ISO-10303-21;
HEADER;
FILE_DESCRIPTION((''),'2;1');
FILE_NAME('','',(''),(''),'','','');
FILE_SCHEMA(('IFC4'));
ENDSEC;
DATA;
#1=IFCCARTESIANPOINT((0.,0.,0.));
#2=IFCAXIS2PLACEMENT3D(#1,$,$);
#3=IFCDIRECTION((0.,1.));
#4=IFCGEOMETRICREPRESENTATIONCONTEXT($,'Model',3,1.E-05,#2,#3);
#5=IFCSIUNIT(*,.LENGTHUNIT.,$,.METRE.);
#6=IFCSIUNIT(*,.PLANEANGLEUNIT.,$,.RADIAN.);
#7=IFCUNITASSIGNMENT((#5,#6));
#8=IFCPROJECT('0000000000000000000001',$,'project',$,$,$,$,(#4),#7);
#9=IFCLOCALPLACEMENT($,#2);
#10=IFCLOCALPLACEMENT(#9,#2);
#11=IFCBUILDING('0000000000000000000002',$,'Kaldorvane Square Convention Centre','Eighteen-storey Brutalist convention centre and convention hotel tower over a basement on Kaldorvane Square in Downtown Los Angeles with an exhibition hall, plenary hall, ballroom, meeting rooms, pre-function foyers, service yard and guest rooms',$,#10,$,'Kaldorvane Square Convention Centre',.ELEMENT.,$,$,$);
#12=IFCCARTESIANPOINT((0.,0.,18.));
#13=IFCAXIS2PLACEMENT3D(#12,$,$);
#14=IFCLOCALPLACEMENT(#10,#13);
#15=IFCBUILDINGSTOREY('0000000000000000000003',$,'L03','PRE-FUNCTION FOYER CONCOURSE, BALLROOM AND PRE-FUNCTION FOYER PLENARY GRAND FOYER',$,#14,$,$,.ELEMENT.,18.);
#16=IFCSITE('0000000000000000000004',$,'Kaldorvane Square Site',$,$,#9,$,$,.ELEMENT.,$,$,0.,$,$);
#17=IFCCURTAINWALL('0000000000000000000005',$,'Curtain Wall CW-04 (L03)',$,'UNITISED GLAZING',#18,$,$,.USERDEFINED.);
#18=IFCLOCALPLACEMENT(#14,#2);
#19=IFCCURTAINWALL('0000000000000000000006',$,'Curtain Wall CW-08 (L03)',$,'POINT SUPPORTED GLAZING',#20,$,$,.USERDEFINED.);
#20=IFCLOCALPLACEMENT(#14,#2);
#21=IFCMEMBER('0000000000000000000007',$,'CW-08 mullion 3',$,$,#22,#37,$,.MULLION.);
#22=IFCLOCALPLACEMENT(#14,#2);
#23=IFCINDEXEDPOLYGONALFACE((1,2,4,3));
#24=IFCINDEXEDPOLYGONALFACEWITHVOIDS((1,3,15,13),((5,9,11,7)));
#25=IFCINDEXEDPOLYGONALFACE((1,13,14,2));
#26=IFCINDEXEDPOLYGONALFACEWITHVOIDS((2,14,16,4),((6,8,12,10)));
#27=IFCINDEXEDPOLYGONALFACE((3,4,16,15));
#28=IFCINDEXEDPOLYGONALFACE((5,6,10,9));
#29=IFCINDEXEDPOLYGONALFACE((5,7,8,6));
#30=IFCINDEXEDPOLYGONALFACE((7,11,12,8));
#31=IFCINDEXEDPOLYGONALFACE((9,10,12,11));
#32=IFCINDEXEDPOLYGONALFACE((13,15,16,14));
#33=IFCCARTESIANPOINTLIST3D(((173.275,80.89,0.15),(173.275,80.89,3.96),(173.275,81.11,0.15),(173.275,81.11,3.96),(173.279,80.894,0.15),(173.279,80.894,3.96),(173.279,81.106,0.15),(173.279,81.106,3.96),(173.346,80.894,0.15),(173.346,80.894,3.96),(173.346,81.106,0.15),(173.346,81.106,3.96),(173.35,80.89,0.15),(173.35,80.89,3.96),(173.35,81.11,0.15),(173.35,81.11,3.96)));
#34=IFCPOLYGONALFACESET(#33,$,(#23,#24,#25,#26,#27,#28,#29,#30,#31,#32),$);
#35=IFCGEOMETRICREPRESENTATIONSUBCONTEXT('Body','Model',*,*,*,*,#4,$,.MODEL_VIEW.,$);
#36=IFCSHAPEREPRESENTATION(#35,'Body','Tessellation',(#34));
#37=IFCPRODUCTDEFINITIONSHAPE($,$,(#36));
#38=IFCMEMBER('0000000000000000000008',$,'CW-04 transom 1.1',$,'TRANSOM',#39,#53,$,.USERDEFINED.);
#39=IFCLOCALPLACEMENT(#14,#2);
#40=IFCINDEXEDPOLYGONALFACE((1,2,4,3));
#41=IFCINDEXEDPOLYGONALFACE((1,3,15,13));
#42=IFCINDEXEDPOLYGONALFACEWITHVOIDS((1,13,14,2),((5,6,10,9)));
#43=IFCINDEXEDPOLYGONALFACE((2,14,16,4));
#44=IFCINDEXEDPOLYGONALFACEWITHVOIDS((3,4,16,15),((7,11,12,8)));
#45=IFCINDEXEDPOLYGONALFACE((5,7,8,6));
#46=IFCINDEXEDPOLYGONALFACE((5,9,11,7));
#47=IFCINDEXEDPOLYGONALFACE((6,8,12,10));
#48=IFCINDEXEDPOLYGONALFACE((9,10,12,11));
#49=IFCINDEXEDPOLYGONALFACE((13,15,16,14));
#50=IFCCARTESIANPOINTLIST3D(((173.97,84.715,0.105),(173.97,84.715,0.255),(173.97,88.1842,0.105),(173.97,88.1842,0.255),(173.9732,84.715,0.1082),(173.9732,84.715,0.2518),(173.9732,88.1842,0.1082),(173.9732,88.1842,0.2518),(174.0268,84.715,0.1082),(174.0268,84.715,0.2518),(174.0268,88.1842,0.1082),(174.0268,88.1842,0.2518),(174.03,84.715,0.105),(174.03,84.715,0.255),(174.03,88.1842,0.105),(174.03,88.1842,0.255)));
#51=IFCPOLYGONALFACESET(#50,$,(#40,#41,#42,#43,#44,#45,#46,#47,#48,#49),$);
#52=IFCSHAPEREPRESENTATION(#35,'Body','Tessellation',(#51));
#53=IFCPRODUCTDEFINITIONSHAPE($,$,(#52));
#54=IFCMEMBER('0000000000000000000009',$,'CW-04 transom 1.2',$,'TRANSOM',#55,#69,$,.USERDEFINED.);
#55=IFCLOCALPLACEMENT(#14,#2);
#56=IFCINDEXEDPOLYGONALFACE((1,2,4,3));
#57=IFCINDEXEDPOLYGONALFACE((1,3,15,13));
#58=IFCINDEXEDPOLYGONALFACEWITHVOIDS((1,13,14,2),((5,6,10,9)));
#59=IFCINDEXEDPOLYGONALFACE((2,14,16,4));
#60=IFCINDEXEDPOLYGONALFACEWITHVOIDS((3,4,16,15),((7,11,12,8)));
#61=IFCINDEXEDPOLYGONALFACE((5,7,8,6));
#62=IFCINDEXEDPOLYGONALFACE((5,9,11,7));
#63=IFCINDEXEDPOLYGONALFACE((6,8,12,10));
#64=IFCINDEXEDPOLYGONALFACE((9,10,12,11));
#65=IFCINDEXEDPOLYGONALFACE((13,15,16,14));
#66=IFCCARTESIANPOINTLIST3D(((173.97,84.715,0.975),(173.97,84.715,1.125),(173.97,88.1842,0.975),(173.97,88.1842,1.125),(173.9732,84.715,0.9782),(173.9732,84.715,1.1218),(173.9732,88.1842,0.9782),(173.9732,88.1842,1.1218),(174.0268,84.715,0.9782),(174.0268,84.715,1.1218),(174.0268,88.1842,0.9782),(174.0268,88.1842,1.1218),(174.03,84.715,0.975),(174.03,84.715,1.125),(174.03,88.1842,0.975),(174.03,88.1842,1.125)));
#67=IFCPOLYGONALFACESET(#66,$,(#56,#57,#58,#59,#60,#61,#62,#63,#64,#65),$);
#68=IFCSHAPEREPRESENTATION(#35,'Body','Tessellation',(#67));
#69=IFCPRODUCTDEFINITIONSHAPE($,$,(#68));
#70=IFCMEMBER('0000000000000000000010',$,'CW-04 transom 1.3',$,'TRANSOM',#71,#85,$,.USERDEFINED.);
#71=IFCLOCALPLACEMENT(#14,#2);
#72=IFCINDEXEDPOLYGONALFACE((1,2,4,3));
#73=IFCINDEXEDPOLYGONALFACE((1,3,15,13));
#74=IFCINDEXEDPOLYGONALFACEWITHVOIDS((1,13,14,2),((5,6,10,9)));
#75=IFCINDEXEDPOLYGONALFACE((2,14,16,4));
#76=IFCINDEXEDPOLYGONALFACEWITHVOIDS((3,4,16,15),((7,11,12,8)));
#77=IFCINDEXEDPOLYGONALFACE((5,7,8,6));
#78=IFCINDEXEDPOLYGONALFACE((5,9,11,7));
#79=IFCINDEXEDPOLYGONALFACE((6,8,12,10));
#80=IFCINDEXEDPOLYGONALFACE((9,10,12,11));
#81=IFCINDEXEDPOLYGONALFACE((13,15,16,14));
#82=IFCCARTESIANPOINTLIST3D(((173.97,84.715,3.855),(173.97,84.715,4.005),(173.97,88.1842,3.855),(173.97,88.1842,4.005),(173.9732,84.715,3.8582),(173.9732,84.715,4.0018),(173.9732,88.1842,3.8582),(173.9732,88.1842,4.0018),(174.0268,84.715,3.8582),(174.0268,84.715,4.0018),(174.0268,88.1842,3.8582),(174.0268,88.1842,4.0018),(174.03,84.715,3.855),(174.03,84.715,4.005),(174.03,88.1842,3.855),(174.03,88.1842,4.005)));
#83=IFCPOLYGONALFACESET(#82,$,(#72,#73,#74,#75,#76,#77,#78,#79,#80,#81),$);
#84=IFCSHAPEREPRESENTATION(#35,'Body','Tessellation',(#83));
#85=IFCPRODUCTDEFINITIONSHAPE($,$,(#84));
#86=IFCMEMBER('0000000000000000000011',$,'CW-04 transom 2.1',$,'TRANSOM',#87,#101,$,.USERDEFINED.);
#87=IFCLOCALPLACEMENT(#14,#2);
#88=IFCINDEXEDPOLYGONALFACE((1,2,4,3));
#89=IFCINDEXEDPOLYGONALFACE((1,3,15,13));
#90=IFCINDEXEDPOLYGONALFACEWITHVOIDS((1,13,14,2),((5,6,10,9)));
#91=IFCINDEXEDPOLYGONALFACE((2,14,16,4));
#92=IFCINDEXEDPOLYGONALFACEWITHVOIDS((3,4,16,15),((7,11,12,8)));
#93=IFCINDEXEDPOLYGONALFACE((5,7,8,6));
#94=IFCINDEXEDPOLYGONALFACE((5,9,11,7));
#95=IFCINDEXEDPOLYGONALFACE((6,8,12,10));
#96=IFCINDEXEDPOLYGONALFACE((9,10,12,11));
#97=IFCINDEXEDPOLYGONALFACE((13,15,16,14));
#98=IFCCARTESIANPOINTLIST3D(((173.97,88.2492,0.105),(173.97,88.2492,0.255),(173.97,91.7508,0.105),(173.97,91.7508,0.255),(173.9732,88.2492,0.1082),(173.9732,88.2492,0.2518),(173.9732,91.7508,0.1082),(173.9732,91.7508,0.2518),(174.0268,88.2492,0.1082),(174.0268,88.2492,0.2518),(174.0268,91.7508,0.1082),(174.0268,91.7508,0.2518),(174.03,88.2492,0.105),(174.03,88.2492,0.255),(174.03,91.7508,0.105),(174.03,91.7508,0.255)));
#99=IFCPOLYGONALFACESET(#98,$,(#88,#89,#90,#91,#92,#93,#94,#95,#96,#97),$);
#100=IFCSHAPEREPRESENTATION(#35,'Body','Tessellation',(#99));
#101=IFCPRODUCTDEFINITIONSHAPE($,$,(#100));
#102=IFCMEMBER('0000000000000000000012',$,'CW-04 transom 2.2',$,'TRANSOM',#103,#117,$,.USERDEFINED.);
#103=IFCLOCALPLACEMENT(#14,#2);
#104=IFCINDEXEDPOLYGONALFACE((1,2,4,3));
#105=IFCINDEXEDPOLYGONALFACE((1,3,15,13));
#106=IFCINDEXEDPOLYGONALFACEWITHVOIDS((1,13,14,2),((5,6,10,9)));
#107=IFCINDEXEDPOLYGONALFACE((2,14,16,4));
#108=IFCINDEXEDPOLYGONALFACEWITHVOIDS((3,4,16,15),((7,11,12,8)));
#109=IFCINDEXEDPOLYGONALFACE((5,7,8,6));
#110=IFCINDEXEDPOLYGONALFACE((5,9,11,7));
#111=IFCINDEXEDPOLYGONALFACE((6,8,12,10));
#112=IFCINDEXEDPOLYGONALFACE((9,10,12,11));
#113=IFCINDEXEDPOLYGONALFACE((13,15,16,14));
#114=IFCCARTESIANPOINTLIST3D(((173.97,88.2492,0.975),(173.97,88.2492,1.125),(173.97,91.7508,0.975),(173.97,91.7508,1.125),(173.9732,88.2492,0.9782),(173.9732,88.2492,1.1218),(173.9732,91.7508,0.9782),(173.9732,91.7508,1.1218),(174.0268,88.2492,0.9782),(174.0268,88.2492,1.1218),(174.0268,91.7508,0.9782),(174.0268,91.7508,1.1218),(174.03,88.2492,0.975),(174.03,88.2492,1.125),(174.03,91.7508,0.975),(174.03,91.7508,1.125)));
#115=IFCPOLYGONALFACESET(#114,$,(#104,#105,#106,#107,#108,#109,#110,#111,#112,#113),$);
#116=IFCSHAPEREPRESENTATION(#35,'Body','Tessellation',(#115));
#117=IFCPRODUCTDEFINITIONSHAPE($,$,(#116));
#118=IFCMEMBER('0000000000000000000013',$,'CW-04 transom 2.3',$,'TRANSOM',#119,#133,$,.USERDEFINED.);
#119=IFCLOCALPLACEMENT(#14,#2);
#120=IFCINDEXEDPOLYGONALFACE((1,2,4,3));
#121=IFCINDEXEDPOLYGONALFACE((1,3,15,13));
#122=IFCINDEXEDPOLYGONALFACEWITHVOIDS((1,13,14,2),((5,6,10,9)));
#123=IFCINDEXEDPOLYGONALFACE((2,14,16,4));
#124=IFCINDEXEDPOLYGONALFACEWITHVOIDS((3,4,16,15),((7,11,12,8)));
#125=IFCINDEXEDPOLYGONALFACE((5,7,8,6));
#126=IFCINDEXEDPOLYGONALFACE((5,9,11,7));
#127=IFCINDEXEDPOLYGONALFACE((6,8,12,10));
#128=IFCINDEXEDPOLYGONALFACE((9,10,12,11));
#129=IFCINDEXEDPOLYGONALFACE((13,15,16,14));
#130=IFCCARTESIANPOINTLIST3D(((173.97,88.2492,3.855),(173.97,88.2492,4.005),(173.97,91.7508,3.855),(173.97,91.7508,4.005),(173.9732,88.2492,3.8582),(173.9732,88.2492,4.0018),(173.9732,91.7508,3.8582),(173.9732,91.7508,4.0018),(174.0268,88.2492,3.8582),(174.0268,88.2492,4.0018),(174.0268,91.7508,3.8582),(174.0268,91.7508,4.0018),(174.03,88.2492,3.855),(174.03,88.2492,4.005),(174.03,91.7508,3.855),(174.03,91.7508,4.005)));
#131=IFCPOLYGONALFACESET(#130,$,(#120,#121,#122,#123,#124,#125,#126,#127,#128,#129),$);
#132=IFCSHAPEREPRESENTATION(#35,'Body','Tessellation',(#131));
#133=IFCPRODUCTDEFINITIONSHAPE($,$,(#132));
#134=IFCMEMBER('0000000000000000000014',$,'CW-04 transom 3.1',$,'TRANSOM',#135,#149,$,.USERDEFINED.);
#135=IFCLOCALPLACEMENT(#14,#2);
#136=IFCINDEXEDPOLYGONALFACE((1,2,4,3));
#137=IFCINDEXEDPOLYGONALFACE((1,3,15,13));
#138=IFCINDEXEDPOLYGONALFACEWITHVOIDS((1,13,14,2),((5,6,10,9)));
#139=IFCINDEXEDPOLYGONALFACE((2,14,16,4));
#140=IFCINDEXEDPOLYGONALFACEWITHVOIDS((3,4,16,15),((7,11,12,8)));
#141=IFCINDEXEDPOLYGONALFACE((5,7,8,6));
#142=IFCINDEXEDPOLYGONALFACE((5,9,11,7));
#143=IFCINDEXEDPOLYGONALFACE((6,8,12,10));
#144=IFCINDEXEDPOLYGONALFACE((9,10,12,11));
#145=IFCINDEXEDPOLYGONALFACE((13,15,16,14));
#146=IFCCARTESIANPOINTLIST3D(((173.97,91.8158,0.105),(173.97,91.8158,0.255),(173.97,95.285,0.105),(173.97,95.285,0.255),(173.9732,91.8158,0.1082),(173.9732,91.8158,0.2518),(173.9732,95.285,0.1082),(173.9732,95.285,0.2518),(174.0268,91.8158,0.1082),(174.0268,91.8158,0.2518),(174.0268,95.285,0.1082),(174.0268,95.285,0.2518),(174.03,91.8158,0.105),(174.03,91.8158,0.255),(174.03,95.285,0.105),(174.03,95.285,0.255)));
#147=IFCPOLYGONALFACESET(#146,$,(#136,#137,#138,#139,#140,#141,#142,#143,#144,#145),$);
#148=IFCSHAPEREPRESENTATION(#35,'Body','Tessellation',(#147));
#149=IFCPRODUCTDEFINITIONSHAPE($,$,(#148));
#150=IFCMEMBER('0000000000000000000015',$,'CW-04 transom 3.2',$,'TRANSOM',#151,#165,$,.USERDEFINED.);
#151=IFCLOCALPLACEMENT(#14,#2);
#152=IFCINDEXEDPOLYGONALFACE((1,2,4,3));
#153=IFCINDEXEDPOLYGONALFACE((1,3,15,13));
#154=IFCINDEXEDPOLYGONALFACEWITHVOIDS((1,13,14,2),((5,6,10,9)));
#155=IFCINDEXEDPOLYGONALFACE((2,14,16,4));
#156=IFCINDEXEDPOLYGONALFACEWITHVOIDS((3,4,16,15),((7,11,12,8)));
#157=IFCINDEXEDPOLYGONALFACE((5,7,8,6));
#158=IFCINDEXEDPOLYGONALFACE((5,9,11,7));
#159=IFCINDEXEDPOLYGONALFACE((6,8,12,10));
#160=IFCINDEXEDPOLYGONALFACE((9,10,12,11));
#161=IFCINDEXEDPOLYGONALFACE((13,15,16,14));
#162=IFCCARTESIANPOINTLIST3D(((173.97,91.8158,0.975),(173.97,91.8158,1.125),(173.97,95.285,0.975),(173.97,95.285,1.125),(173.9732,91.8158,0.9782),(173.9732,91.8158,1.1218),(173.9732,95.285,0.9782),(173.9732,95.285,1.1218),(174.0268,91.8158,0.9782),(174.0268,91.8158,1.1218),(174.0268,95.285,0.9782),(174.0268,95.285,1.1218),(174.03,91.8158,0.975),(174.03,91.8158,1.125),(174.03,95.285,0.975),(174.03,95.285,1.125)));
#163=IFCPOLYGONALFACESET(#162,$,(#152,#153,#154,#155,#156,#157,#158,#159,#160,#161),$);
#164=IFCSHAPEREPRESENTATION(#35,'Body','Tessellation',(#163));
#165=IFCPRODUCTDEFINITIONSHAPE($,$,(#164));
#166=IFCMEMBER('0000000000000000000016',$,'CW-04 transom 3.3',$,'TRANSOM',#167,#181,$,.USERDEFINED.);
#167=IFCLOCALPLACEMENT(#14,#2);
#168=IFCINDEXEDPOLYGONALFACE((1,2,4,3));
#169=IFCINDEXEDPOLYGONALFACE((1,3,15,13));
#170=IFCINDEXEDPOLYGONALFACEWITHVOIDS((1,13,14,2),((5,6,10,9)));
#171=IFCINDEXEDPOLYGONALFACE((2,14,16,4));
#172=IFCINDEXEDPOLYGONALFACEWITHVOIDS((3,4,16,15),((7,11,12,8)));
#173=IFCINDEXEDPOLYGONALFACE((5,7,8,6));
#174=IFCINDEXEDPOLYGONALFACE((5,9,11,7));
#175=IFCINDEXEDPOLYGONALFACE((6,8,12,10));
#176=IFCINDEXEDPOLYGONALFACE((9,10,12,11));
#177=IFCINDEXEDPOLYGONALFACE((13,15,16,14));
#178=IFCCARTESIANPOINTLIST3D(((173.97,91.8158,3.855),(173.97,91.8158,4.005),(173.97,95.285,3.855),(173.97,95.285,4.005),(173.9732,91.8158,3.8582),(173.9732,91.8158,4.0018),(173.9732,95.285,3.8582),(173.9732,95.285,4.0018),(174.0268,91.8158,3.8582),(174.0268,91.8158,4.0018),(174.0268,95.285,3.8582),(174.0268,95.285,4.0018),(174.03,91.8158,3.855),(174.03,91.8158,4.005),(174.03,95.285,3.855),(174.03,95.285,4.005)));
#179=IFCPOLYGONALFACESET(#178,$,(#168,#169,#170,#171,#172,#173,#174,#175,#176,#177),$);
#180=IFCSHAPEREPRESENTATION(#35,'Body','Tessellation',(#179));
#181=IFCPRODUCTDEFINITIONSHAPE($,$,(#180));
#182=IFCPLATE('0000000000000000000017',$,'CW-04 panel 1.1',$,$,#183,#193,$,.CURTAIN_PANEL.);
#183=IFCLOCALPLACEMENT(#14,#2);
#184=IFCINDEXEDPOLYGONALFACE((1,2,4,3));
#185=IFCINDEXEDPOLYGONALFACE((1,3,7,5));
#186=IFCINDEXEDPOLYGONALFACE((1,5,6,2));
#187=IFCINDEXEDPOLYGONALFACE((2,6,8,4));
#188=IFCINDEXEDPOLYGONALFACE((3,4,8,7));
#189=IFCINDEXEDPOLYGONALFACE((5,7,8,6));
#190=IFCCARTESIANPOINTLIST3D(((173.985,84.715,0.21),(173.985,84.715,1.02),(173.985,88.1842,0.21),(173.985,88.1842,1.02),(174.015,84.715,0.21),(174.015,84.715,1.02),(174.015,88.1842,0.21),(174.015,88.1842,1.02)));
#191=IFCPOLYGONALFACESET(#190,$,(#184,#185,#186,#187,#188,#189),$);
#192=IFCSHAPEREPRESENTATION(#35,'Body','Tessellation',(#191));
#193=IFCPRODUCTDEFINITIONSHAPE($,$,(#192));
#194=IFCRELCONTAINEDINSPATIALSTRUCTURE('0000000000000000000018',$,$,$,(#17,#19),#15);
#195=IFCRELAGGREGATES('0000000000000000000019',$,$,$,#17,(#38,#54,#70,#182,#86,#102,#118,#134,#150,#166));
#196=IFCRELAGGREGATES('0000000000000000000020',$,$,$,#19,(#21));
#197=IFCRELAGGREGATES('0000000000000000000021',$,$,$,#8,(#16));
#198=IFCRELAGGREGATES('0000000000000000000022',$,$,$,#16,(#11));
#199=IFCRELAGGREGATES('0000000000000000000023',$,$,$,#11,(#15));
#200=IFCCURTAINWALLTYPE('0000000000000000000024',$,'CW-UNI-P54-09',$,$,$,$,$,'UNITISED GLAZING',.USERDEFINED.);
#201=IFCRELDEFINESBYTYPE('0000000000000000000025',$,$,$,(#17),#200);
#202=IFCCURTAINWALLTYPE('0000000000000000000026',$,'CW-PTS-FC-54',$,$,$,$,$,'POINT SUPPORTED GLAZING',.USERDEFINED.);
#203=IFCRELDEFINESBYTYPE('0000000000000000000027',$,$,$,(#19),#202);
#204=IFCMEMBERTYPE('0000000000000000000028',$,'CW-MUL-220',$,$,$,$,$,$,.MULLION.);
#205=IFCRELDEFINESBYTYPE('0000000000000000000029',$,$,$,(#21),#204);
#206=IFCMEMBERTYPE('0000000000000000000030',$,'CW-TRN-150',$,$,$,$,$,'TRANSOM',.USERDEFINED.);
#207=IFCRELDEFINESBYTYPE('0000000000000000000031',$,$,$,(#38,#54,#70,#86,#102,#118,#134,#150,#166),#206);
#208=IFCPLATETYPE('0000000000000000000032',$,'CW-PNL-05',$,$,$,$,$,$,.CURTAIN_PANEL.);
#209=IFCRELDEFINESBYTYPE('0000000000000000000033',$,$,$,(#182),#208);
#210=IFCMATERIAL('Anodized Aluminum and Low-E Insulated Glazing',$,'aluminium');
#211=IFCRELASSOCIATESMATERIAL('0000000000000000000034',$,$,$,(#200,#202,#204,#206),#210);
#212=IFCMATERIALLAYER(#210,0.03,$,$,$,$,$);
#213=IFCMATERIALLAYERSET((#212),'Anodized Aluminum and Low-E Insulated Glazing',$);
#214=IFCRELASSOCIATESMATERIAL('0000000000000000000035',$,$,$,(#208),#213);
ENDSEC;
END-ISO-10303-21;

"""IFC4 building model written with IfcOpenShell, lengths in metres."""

from ifc_helpers import new_model, si_unit, direction, frame, origin, origin_2d, place, context, subcontext, project, spatial, rectangle, hollow_rectangle, extrude, material, layer, layer_set, material_profile, profile_set, type_object, element, aggregate, save


model = new_model("IFC4")

# Units and contexts
model_context = context("Model", 3, precision=1e-05, world=origin(), true_north=direction((0.0, 1.0)))
body_context = subcontext(model_context, "Body", "Model", "MODEL_VIEW")
ifc_project = project(units=[si_unit("LENGTHUNIT", "METRE"), si_unit("PLANEANGLEUNIT", "RADIAN")], contexts=[model_context])

# Site, building, storey
site_placement = place(None, origin())
site = spatial("IfcSite", under=ifc_project, at=site_placement, Name="Kaldorvane Square Site", CompositionType="ELEMENT", RefElevation=0.0)
building_placement = place(site_placement, origin())
building = spatial("IfcBuilding", under=site, at=building_placement, Name="Kaldorvane Square Convention Centre", Description="Eighteen-storey Brutalist convention centre and convention hotel tower over a basement on Kaldorvane Square in Downtown Los Angeles with an exhibition hall, plenary hall, ballroom, meeting rooms, pre-function foyers, service yard and guest rooms", LongName="Kaldorvane Square Convention Centre", CompositionType="ELEMENT")
storey_placement = place(building_placement, frame((0.0, 0.0, 18.0)))
storey = spatial("IfcBuildingStorey", under=building, at=storey_placement, Name="L03", Description="PRE-FUNCTION FOYER CONCOURSE, BALLROOM AND PRE-FUNCTION FOYER PLENARY GRAND FOYER", CompositionType="ELEMENT", Elevation=18.0)

# Curtain wall
ifc_material_1 = material(Name="Anodized Aluminum and Low-E Insulated Glazing", Category="aluminium")
curtain_wall_type_1 = type_object("IfcCurtainWallType", Name="CW-UNI-P54-09", ElementType="UNITISED GLAZING", PredefinedType="USERDEFINED", material=ifc_material_1)
curtain_wall_1_placement = place(storey_placement, origin())
curtain_wall_1 = element("IfcCurtainWall", 1, at=curtain_wall_1_placement, inside=storey, type_object=curtain_wall_type_1, Name="Curtain Wall CW-04 (L03)", ObjectType="UNITISED GLAZING", PredefinedType="USERDEFINED")

# Curtain wall, member
curtain_wall_type_2 = type_object("IfcCurtainWallType", Name="CW-PTS-FC-54", ElementType="POINT SUPPORTED GLAZING", PredefinedType="USERDEFINED", material=ifc_material_1)
curtain_wall_2_placement = place(storey_placement, origin())
curtain_wall_2 = element("IfcCurtainWall", 2, at=curtain_wall_2_placement, inside=storey, type_object=curtain_wall_type_2, Name="Curtain Wall CW-08 (L03)", ObjectType="POINT SUPPORTED GLAZING", PredefinedType="USERDEFINED")
ifc_material_profile_1 = material_profile(ifc_material_1, hollow_rectangle(XDim=0.075, YDim=0.22, WallThickness=0.004, at=origin_2d()), Name="CWM-220X75")
ifc_profile_set_1 = profile_set([ifc_material_profile_1], Name="Anodized Aluminum and Low-E Insulated Glazing")
member_type_1 = type_object("IfcMemberType", Name="CW-MUL-220", PredefinedType="MULLION", material=ifc_profile_set_1)
member_1_placement = place(storey_placement, frame((173.3125, 81.0, 0.15), z_axis=(0.0, 0.0, 1.0), x_axis=(1.0, 0.0, 0.0)))
member_1 = element("IfcMember", 3, at=member_1_placement, type_object=member_type_1, Name="CW-08 mullion 3", PredefinedType="MULLION", context=body_context, shape_type="SweptSolid", body=[
    extrude(hollow_rectangle(XDim=0.075, YDim=0.22, WallThickness=0.004, at=origin_2d()), origin(), (0.0, 0.0, 1.0), 3.81),
])

# Members
ifc_material_profile_2 = material_profile(ifc_material_1, hollow_rectangle(XDim=0.06, YDim=0.15, WallThickness=0.0032, at=origin_2d()), Name="CWT-150X60")
ifc_profile_set_2 = profile_set([ifc_material_profile_2], Name="Anodized Aluminum and Low-E Insulated Glazing")
member_type_2 = type_object("IfcMemberType", Name="CW-TRN-150", ElementType="TRANSOM", PredefinedType="USERDEFINED", material=ifc_profile_set_2)
member_2_placement = place(storey_placement, frame((174.0, 84.715, 0.18), z_axis=(0.0, 1.0, 0.0), x_axis=(-1.0, 0.0, 0.0)))
member_2 = element("IfcMember", 4, at=member_2_placement, type_object=member_type_2, Name="CW-04 transom 1.1", ObjectType="TRANSOM", PredefinedType="USERDEFINED", context=body_context, shape_type="SweptSolid", body=[
    extrude(hollow_rectangle(XDim=0.06, YDim=0.15, WallThickness=0.0032, at=origin_2d()), origin(), (0.0, 0.0, 1.0), 3.4692),
])
member_3_placement = place(storey_placement, frame((174.0, 84.715, 1.05), z_axis=(0.0, 1.0, 0.0), x_axis=(-1.0, 0.0, 0.0)))
member_3 = element("IfcMember", 5, at=member_3_placement, type_object=member_type_2, Name="CW-04 transom 1.2", ObjectType="TRANSOM", PredefinedType="USERDEFINED", context=body_context, shape_type="SweptSolid", body=[
    extrude(hollow_rectangle(XDim=0.06, YDim=0.15, WallThickness=0.0032, at=origin_2d()), origin(), (0.0, 0.0, 1.0), 3.4692),
])
member_4_placement = place(storey_placement, frame((174.0, 84.715, 3.93), z_axis=(0.0, 1.0, 0.0), x_axis=(-1.0, 0.0, 0.0)))
member_4 = element("IfcMember", 6, at=member_4_placement, type_object=member_type_2, Name="CW-04 transom 1.3", ObjectType="TRANSOM", PredefinedType="USERDEFINED", context=body_context, shape_type="SweptSolid", body=[
    extrude(hollow_rectangle(XDim=0.06, YDim=0.15, WallThickness=0.0032, at=origin_2d()), origin(), (0.0, 0.0, 1.0), 3.4692),
])
member_5_placement = place(storey_placement, frame((174.0, 88.2492, 0.18), z_axis=(0.0, 1.0, 0.0), x_axis=(-1.0, 0.0, 0.0)))
member_5 = element("IfcMember", 7, at=member_5_placement, type_object=member_type_2, Name="CW-04 transom 2.1", ObjectType="TRANSOM", PredefinedType="USERDEFINED", context=body_context, shape_type="SweptSolid", body=[
    extrude(hollow_rectangle(XDim=0.06, YDim=0.15, WallThickness=0.0032, at=origin_2d()), origin(), (0.0, 0.0, 1.0), 3.5017),
])
member_6_placement = place(storey_placement, frame((174.0, 88.2492, 1.05), z_axis=(0.0, 1.0, 0.0), x_axis=(-1.0, 0.0, 0.0)))
member_6 = element("IfcMember", 8, at=member_6_placement, type_object=member_type_2, Name="CW-04 transom 2.2", ObjectType="TRANSOM", PredefinedType="USERDEFINED", context=body_context, shape_type="SweptSolid", body=[
    extrude(hollow_rectangle(XDim=0.06, YDim=0.15, WallThickness=0.0032, at=origin_2d()), origin(), (0.0, 0.0, 1.0), 3.5017),
])
member_7_placement = place(storey_placement, frame((174.0, 88.2492, 3.93), z_axis=(0.0, 1.0, 0.0), x_axis=(-1.0, 0.0, 0.0)))
member_7 = element("IfcMember", 9, at=member_7_placement, type_object=member_type_2, Name="CW-04 transom 2.3", ObjectType="TRANSOM", PredefinedType="USERDEFINED", context=body_context, shape_type="SweptSolid", body=[
    extrude(hollow_rectangle(XDim=0.06, YDim=0.15, WallThickness=0.0032, at=origin_2d()), origin(), (0.0, 0.0, 1.0), 3.5017),
])
member_8_placement = place(storey_placement, frame((174.0, 91.8158, 0.18), z_axis=(0.0, 1.0, 0.0), x_axis=(-1.0, 0.0, 0.0)))
member_8 = element("IfcMember", 10, at=member_8_placement, type_object=member_type_2, Name="CW-04 transom 3.1", ObjectType="TRANSOM", PredefinedType="USERDEFINED", context=body_context, shape_type="SweptSolid", body=[
    extrude(hollow_rectangle(XDim=0.06, YDim=0.15, WallThickness=0.0032, at=origin_2d()), origin(), (0.0, 0.0, 1.0), 3.4692),
])
member_9_placement = place(storey_placement, frame((174.0, 91.8158, 1.05), z_axis=(0.0, 1.0, 0.0), x_axis=(-1.0, 0.0, 0.0)))
member_9 = element("IfcMember", 11, at=member_9_placement, type_object=member_type_2, Name="CW-04 transom 3.2", ObjectType="TRANSOM", PredefinedType="USERDEFINED", context=body_context, shape_type="SweptSolid", body=[
    extrude(hollow_rectangle(XDim=0.06, YDim=0.15, WallThickness=0.0032, at=origin_2d()), origin(), (0.0, 0.0, 1.0), 3.4692),
])
member_10_placement = place(storey_placement, frame((174.0, 91.8158, 3.93), z_axis=(0.0, 1.0, 0.0), x_axis=(-1.0, 0.0, 0.0)))
member_10 = element("IfcMember", 12, at=member_10_placement, type_object=member_type_2, Name="CW-04 transom 3.3", ObjectType="TRANSOM", PredefinedType="USERDEFINED", context=body_context, shape_type="SweptSolid", body=[
    extrude(hollow_rectangle(XDim=0.06, YDim=0.15, WallThickness=0.0032, at=origin_2d()), origin(), (0.0, 0.0, 1.0), 3.4692),
])

# Plate
ifc_layer_1 = layer(ifc_material_1, 0.03)
ifc_layer_set_1 = layer_set([ifc_layer_1], Name="Anodized Aluminum and Low-E Insulated Glazing")
plate_type_1 = type_object("IfcPlateType", Name="CW-PNL-05", PredefinedType="CURTAIN_PANEL", material=ifc_layer_set_1)
plate_1_placement = place(storey_placement, frame((174.0, 86.4496, 0.21), z_axis=(0.0, 0.0, 1.0), x_axis=(0.0, 1.0, 0.0)))
plate_1 = element("IfcPlate", 13, at=plate_1_placement, type_object=plate_type_1, Name="CW-04 panel 1.1", PredefinedType="CURTAIN_PANEL", context=body_context, shape_type="SweptSolid", body=[
    extrude(rectangle(XDim=3.4692, YDim=0.03, at=origin_2d()), origin(), (0.0, 0.0, 1.0), 0.81),
])
aggregate(curtain_wall_1, [member_2, member_3, member_4, plate_1, member_5, member_6, member_7, member_8, member_9, member_10])
aggregate(curtain_wall_2, [member_1])

save(model, "model.ifc")
